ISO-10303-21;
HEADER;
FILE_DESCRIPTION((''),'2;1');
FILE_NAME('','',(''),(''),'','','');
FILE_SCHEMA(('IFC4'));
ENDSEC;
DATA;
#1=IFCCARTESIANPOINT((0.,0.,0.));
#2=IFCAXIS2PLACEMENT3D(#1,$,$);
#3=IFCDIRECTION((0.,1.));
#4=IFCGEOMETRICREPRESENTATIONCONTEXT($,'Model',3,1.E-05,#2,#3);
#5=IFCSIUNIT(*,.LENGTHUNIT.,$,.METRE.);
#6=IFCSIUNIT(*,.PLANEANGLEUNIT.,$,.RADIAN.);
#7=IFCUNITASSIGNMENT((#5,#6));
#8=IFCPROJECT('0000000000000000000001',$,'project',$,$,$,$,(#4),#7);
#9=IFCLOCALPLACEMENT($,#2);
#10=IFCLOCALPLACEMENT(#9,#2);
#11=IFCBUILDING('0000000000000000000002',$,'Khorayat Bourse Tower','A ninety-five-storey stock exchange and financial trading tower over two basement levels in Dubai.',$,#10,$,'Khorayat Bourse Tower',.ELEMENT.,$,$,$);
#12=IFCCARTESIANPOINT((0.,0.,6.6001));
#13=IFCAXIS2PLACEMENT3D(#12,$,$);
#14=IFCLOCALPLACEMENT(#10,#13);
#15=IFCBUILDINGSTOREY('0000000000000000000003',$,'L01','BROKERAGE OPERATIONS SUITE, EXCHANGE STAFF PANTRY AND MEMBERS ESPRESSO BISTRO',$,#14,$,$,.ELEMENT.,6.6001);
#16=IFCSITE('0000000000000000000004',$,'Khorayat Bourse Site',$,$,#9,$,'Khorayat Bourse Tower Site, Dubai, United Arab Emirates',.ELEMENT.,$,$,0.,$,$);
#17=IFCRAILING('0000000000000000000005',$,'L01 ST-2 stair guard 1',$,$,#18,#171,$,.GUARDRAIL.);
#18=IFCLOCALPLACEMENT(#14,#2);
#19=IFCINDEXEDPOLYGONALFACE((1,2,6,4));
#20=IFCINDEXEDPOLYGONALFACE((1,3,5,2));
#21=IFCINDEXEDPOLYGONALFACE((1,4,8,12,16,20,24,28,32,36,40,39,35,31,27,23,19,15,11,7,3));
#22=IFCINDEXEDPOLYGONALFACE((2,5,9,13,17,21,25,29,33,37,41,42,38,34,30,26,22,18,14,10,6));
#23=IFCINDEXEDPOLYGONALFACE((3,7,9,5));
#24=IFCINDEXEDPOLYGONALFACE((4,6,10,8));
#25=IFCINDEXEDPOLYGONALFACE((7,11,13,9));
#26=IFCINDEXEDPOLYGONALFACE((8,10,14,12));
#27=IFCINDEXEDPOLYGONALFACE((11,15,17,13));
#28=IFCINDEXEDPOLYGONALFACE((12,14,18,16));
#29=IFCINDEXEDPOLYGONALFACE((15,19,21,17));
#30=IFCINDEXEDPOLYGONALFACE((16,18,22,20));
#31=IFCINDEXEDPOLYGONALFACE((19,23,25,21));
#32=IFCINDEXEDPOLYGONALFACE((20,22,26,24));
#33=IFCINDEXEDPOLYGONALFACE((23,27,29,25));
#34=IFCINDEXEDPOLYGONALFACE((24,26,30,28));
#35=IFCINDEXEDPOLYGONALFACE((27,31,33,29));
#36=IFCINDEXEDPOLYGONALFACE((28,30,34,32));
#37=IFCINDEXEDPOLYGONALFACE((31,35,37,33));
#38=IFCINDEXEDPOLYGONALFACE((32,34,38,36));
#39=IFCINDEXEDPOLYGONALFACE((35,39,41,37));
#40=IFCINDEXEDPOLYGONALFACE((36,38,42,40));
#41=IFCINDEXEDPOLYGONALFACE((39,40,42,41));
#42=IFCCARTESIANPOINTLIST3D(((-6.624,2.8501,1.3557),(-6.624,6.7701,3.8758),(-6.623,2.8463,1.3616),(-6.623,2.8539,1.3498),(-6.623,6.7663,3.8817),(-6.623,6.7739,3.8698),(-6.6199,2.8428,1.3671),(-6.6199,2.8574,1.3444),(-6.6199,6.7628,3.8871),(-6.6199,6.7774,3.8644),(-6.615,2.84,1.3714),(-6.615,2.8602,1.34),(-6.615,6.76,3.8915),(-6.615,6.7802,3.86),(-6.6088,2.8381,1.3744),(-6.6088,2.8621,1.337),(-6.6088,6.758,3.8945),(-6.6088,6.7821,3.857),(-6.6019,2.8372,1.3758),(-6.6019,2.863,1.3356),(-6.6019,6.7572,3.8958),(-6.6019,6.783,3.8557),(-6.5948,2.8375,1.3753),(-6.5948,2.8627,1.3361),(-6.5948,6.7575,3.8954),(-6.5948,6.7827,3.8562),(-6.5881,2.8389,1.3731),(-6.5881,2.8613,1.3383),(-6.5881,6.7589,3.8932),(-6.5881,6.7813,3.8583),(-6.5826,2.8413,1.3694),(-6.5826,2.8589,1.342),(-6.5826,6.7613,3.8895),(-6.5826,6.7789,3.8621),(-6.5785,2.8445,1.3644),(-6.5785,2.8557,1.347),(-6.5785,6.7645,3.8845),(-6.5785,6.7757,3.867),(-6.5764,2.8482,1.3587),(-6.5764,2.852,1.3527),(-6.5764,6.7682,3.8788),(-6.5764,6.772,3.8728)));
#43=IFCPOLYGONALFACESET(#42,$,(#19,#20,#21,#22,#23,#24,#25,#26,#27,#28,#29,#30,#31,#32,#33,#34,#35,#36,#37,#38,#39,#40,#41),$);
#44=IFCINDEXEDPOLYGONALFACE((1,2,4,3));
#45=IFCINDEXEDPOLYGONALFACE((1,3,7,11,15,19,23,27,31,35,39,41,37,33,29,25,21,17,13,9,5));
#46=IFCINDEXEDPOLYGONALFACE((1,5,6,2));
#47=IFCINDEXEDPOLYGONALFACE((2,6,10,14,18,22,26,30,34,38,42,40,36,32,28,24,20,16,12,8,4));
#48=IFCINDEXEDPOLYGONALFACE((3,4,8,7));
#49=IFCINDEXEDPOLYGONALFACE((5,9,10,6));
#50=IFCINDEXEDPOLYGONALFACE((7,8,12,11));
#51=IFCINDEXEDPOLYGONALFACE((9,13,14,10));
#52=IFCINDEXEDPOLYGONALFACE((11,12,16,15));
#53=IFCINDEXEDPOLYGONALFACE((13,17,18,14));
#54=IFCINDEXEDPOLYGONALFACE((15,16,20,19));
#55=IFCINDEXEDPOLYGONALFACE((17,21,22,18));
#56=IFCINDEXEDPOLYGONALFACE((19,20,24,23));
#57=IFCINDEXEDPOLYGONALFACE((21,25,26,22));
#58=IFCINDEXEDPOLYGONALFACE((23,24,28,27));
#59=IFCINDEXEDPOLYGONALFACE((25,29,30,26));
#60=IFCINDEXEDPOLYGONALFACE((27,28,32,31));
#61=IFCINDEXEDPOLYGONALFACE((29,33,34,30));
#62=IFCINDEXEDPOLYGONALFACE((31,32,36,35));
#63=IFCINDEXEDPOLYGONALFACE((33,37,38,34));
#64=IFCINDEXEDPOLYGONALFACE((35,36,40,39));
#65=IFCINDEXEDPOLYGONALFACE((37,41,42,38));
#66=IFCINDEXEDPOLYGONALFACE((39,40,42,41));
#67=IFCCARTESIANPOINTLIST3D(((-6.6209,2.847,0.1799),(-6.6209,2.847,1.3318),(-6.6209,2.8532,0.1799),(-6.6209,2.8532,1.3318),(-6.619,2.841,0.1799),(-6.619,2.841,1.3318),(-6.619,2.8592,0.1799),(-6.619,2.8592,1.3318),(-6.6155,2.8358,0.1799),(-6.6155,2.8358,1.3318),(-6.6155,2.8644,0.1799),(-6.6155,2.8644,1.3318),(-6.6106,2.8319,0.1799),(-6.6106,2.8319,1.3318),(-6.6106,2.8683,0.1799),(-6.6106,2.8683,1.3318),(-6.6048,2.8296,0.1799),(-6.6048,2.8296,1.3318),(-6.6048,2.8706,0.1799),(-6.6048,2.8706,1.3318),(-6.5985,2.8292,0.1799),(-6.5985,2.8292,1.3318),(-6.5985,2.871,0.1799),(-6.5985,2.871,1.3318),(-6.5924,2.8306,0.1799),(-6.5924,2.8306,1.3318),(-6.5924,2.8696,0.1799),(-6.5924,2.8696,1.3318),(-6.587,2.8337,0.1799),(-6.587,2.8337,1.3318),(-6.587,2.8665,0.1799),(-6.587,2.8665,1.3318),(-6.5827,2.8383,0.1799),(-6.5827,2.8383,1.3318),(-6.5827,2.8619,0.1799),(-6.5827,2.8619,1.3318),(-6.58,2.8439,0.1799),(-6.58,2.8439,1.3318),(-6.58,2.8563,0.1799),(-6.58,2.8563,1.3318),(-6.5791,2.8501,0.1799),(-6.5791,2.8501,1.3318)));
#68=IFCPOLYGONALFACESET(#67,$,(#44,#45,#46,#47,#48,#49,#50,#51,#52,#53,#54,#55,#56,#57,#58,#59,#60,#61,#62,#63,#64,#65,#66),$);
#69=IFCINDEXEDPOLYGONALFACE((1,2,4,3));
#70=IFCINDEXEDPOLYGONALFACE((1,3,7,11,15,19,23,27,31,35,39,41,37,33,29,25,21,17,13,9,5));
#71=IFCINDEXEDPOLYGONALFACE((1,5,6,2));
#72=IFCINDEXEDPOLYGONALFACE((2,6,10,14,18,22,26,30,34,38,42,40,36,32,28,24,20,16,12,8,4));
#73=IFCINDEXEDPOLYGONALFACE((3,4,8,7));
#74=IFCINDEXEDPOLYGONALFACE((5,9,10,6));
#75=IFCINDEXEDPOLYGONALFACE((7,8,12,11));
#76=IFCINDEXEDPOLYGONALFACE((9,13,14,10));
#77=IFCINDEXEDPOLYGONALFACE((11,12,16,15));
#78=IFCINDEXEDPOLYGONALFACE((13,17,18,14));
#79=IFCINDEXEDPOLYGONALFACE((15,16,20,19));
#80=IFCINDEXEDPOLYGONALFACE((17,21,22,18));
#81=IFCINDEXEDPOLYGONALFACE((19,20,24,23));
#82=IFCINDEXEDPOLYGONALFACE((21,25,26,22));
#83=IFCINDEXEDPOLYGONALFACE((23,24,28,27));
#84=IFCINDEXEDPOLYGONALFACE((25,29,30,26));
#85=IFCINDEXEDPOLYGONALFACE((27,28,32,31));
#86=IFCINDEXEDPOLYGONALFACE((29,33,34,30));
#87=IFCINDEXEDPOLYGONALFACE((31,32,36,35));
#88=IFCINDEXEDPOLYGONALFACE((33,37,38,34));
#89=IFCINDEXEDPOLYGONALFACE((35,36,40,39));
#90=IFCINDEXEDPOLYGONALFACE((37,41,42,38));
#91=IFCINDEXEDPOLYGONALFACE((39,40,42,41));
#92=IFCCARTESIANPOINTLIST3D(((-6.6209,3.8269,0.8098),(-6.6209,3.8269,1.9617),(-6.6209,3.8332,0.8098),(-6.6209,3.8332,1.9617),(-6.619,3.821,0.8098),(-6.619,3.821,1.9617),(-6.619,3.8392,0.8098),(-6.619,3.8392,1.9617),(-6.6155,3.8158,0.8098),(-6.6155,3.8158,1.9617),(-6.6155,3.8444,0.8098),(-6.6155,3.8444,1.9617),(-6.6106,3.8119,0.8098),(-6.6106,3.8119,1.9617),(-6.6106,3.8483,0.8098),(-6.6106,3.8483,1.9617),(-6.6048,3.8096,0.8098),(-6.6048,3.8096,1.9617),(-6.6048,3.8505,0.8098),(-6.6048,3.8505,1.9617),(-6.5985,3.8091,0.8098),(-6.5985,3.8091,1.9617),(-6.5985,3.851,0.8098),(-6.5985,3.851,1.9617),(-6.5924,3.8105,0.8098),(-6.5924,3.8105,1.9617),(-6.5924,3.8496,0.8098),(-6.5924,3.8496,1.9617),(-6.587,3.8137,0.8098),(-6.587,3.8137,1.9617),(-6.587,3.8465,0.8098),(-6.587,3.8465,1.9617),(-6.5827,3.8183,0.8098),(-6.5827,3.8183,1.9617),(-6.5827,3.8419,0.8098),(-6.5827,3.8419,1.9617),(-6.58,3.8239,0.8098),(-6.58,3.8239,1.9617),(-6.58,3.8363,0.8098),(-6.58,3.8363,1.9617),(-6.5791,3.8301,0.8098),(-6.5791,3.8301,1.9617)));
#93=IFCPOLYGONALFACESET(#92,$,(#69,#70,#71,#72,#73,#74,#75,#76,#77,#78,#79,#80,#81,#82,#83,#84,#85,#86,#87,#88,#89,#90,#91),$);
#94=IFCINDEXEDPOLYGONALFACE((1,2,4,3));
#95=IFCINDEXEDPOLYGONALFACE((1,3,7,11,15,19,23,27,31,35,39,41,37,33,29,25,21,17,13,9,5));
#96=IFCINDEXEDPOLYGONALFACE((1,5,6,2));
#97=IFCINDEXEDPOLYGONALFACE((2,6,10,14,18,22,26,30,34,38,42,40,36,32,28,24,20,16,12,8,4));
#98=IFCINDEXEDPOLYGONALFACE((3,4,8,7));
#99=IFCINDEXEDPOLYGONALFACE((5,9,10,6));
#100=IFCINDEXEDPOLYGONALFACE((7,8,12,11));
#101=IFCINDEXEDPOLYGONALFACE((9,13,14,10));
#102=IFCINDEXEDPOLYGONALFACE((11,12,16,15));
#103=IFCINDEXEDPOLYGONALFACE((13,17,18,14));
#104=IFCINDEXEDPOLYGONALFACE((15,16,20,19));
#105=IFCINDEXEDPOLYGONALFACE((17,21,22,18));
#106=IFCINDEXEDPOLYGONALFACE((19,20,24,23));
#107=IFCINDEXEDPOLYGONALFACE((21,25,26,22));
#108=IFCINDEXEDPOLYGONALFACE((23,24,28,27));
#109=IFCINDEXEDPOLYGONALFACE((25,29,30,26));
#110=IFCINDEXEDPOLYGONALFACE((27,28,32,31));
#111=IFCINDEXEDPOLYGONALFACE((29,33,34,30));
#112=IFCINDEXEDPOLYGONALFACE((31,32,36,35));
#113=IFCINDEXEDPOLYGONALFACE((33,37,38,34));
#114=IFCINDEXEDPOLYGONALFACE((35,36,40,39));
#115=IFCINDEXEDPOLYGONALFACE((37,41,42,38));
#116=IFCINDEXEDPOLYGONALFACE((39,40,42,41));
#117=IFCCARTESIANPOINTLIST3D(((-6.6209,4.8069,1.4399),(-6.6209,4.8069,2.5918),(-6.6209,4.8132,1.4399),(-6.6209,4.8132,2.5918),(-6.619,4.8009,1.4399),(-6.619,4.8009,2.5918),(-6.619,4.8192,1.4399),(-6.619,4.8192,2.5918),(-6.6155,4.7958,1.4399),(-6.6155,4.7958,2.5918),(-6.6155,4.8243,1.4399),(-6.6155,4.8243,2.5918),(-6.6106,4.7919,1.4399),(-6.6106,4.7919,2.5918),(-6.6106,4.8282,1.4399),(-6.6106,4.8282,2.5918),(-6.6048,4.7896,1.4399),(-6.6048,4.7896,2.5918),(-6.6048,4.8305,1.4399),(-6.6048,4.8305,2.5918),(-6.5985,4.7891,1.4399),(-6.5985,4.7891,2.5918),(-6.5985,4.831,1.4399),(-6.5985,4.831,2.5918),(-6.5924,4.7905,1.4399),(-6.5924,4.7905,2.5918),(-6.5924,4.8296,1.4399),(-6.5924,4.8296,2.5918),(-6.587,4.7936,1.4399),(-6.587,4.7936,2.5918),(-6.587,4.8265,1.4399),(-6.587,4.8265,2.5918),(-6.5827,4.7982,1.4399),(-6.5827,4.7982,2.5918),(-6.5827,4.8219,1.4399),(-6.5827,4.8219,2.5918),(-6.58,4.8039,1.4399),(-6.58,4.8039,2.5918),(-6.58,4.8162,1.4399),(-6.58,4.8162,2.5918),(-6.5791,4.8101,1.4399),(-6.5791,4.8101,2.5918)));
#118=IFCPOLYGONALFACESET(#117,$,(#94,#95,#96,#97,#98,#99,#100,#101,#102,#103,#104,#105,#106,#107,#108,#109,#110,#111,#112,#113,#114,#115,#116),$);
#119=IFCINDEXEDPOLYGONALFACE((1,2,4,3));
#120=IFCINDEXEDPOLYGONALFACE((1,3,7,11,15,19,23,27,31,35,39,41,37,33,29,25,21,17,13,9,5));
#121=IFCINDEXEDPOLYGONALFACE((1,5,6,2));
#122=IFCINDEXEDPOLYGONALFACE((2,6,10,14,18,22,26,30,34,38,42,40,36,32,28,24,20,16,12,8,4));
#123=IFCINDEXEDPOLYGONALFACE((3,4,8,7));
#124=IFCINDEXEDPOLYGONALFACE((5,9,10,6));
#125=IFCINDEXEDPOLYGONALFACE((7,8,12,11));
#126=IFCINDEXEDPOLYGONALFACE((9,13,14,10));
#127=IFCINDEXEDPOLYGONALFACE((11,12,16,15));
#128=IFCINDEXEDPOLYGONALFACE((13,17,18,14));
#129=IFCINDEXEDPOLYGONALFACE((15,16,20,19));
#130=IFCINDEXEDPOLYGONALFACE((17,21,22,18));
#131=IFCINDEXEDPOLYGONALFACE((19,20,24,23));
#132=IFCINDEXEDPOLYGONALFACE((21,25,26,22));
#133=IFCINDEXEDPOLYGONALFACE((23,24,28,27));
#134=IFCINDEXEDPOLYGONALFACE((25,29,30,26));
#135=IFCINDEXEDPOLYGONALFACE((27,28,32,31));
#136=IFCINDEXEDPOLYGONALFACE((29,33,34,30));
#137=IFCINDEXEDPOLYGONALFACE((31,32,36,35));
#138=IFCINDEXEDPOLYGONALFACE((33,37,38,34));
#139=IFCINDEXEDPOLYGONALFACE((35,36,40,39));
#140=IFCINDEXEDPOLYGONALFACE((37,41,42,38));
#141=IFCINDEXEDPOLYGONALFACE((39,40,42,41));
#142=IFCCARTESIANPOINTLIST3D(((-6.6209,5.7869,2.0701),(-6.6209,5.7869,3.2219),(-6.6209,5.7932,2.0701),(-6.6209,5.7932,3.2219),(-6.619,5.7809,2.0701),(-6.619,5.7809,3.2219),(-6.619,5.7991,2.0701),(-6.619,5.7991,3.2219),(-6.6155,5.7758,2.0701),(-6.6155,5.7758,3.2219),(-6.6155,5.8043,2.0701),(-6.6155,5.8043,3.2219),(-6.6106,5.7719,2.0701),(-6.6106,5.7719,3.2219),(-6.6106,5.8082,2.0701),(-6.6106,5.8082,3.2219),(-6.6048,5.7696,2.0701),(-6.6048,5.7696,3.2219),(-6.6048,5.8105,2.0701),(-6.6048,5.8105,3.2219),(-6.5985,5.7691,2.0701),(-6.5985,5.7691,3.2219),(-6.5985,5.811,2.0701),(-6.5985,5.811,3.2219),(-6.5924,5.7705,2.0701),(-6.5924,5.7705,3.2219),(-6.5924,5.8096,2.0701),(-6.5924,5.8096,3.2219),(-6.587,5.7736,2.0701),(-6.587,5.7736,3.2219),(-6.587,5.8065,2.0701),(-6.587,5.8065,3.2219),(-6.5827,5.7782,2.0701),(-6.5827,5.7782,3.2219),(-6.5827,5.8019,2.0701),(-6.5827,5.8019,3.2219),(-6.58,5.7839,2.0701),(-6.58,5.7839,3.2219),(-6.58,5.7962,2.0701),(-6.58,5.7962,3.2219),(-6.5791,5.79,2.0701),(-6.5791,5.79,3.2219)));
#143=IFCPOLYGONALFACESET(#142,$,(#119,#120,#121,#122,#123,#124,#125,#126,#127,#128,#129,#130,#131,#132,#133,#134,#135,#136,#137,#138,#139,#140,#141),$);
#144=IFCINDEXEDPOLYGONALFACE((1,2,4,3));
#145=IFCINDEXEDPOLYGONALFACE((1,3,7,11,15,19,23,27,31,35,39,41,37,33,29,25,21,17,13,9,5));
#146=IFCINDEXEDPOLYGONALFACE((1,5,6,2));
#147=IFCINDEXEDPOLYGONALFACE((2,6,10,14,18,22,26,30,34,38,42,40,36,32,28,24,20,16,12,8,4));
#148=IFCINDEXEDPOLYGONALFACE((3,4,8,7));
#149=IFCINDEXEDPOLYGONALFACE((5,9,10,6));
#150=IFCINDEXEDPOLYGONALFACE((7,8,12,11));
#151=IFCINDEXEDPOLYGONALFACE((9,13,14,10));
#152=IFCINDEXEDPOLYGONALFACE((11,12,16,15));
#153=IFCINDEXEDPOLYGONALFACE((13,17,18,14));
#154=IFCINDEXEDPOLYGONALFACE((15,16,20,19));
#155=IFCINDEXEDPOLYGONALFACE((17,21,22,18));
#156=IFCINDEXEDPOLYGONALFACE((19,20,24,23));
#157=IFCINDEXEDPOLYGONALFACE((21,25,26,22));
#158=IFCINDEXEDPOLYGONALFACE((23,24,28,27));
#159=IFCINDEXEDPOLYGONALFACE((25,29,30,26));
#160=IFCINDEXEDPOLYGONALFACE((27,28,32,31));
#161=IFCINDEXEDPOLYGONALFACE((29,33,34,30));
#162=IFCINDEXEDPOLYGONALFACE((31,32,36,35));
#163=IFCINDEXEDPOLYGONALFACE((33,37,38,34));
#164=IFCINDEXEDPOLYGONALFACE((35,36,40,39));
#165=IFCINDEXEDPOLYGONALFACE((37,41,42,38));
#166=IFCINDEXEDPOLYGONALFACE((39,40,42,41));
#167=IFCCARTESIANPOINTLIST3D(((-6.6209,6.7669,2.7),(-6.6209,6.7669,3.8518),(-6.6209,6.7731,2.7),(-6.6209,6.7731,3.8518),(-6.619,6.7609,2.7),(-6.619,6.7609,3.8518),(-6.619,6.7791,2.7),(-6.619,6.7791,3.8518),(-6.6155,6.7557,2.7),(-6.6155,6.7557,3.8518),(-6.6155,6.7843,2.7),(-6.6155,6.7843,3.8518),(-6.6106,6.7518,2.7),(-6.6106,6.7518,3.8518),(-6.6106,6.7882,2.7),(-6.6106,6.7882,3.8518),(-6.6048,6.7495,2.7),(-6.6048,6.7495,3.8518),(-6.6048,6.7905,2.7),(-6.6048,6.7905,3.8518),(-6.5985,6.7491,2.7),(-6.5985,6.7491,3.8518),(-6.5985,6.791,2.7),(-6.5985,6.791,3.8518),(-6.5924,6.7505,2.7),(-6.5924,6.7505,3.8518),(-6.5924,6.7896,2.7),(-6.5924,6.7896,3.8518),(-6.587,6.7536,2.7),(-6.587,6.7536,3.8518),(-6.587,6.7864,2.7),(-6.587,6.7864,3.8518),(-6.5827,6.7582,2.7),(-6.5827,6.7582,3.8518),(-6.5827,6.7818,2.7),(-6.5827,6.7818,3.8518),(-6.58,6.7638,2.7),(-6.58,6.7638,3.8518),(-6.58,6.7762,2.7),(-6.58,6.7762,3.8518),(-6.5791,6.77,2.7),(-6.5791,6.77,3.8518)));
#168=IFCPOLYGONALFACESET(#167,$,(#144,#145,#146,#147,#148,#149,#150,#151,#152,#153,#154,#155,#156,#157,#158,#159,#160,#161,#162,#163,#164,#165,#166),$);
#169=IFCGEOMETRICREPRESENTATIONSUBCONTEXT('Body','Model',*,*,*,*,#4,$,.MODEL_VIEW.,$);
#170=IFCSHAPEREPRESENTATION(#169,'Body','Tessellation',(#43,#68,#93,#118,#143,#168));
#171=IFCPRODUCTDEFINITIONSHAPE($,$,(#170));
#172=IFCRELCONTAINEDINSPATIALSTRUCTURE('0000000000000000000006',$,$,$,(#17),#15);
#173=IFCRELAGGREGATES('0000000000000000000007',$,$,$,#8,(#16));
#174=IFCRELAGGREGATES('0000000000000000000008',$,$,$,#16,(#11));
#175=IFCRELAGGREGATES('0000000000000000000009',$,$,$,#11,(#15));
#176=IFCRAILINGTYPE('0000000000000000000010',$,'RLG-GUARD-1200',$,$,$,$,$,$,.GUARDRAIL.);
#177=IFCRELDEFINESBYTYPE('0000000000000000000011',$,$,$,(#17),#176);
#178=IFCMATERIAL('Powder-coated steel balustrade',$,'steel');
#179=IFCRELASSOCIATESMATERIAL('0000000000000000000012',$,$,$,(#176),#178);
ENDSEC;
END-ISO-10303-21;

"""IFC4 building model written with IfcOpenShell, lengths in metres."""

from ifc_helpers import new_model, si_unit, direction, frame, origin, origin_2d, place, context, subcontext, project, spatial, circle, extrude, source, transform, mapped, material, type_object, element, save


model = new_model("IFC4")

# Units and contexts
model_context = context("Model", 3, precision=1e-05, world=origin(), true_north=direction((0.0, 1.0)))
body_context = subcontext(model_context, "Body", "Model", "MODEL_VIEW")
ifc_project = project(units=[si_unit("LENGTHUNIT", "METRE"), si_unit("PLANEANGLEUNIT", "RADIAN")], contexts=[model_context])

# Site, building, storey
site_placement = place(None, origin())
site = spatial("IfcSite", under=ifc_project, at=site_placement, Name="Khorayat Bourse Site", LongName="Khorayat Bourse Tower Site, Dubai, United Arab Emirates", CompositionType="ELEMENT", RefElevation=0.0)
building_placement = place(site_placement, origin())
building = spatial("IfcBuilding", under=site, at=building_placement, Name="Khorayat Bourse Tower", Description="A ninety-five-storey stock exchange and financial trading tower over two basement levels in Dubai.", LongName="Khorayat Bourse Tower", CompositionType="ELEMENT")
storey_placement = place(building_placement, frame((0.0, 0.0, 6.6001)))
storey = spatial("IfcBuildingStorey", under=building, at=storey_placement, Name="L01", Description="BROKERAGE OPERATIONS SUITE, EXCHANGE STAFF PANTRY AND MEMBERS ESPRESSO BISTRO", CompositionType="ELEMENT", Elevation=6.6001)

# Railing
ifc_material_1 = material(Name="Powder-coated steel balustrade", Category="steel")
railing_type_1 = type_object("IfcRailingType", Name="RLG-GUARD-1200", PredefinedType="GUARDRAIL", material=ifc_material_1)
shared_shape_1 = source(origin(), body_context, "Body", "SweptSolid", [
    extrude(circle(Radius=0.0239, at=origin_2d()), frame((0.0, 0.0, 1.1758), z_axis=(0.0, 0.841172, 0.540768), x_axis=(-1.0, 0.0, 0.0)), (0.0, 0.0, 1.0), 4.6602),
    extrude(circle(Radius=0.021, at=origin_2d()), origin(), (0.0, 0.0, 1.0), 1.1519),
    extrude(circle(Radius=0.021, at=origin_2d()), frame((0.0, 0.98, 0.6299)), (0.0, 0.0, 1.0), 1.1519),
    extrude(circle(Radius=0.021, at=origin_2d()), frame((0.0, 1.96, 1.26)), (0.0, 0.0, 1.0), 1.1519),
    extrude(circle(Radius=0.021, at=origin_2d()), frame((0.0, 2.9399, 1.8901)), (0.0, 0.0, 1.0), 1.1519),
    extrude(circle(Radius=0.021, at=origin_2d()), frame((0.0, 3.9199, 2.52)), (0.0, 0.0, 1.0), 1.1519),
])
railing_1_placement = place(storey_placement, frame((-6.6001, 2.8501, 0.1799)))
element("IfcRailing", 1, at=railing_1_placement, inside=storey, type_object=railing_type_1, Name="L01 ST-2 stair guard 1", PredefinedType="GUARDRAIL", context=body_context, shape_type="MappedRepresentation", body=[
    mapped(shared_shape_1, transform((0.0, 0.0, 0.0), scale=1.0)),
])

save(model, "model.ifc")
